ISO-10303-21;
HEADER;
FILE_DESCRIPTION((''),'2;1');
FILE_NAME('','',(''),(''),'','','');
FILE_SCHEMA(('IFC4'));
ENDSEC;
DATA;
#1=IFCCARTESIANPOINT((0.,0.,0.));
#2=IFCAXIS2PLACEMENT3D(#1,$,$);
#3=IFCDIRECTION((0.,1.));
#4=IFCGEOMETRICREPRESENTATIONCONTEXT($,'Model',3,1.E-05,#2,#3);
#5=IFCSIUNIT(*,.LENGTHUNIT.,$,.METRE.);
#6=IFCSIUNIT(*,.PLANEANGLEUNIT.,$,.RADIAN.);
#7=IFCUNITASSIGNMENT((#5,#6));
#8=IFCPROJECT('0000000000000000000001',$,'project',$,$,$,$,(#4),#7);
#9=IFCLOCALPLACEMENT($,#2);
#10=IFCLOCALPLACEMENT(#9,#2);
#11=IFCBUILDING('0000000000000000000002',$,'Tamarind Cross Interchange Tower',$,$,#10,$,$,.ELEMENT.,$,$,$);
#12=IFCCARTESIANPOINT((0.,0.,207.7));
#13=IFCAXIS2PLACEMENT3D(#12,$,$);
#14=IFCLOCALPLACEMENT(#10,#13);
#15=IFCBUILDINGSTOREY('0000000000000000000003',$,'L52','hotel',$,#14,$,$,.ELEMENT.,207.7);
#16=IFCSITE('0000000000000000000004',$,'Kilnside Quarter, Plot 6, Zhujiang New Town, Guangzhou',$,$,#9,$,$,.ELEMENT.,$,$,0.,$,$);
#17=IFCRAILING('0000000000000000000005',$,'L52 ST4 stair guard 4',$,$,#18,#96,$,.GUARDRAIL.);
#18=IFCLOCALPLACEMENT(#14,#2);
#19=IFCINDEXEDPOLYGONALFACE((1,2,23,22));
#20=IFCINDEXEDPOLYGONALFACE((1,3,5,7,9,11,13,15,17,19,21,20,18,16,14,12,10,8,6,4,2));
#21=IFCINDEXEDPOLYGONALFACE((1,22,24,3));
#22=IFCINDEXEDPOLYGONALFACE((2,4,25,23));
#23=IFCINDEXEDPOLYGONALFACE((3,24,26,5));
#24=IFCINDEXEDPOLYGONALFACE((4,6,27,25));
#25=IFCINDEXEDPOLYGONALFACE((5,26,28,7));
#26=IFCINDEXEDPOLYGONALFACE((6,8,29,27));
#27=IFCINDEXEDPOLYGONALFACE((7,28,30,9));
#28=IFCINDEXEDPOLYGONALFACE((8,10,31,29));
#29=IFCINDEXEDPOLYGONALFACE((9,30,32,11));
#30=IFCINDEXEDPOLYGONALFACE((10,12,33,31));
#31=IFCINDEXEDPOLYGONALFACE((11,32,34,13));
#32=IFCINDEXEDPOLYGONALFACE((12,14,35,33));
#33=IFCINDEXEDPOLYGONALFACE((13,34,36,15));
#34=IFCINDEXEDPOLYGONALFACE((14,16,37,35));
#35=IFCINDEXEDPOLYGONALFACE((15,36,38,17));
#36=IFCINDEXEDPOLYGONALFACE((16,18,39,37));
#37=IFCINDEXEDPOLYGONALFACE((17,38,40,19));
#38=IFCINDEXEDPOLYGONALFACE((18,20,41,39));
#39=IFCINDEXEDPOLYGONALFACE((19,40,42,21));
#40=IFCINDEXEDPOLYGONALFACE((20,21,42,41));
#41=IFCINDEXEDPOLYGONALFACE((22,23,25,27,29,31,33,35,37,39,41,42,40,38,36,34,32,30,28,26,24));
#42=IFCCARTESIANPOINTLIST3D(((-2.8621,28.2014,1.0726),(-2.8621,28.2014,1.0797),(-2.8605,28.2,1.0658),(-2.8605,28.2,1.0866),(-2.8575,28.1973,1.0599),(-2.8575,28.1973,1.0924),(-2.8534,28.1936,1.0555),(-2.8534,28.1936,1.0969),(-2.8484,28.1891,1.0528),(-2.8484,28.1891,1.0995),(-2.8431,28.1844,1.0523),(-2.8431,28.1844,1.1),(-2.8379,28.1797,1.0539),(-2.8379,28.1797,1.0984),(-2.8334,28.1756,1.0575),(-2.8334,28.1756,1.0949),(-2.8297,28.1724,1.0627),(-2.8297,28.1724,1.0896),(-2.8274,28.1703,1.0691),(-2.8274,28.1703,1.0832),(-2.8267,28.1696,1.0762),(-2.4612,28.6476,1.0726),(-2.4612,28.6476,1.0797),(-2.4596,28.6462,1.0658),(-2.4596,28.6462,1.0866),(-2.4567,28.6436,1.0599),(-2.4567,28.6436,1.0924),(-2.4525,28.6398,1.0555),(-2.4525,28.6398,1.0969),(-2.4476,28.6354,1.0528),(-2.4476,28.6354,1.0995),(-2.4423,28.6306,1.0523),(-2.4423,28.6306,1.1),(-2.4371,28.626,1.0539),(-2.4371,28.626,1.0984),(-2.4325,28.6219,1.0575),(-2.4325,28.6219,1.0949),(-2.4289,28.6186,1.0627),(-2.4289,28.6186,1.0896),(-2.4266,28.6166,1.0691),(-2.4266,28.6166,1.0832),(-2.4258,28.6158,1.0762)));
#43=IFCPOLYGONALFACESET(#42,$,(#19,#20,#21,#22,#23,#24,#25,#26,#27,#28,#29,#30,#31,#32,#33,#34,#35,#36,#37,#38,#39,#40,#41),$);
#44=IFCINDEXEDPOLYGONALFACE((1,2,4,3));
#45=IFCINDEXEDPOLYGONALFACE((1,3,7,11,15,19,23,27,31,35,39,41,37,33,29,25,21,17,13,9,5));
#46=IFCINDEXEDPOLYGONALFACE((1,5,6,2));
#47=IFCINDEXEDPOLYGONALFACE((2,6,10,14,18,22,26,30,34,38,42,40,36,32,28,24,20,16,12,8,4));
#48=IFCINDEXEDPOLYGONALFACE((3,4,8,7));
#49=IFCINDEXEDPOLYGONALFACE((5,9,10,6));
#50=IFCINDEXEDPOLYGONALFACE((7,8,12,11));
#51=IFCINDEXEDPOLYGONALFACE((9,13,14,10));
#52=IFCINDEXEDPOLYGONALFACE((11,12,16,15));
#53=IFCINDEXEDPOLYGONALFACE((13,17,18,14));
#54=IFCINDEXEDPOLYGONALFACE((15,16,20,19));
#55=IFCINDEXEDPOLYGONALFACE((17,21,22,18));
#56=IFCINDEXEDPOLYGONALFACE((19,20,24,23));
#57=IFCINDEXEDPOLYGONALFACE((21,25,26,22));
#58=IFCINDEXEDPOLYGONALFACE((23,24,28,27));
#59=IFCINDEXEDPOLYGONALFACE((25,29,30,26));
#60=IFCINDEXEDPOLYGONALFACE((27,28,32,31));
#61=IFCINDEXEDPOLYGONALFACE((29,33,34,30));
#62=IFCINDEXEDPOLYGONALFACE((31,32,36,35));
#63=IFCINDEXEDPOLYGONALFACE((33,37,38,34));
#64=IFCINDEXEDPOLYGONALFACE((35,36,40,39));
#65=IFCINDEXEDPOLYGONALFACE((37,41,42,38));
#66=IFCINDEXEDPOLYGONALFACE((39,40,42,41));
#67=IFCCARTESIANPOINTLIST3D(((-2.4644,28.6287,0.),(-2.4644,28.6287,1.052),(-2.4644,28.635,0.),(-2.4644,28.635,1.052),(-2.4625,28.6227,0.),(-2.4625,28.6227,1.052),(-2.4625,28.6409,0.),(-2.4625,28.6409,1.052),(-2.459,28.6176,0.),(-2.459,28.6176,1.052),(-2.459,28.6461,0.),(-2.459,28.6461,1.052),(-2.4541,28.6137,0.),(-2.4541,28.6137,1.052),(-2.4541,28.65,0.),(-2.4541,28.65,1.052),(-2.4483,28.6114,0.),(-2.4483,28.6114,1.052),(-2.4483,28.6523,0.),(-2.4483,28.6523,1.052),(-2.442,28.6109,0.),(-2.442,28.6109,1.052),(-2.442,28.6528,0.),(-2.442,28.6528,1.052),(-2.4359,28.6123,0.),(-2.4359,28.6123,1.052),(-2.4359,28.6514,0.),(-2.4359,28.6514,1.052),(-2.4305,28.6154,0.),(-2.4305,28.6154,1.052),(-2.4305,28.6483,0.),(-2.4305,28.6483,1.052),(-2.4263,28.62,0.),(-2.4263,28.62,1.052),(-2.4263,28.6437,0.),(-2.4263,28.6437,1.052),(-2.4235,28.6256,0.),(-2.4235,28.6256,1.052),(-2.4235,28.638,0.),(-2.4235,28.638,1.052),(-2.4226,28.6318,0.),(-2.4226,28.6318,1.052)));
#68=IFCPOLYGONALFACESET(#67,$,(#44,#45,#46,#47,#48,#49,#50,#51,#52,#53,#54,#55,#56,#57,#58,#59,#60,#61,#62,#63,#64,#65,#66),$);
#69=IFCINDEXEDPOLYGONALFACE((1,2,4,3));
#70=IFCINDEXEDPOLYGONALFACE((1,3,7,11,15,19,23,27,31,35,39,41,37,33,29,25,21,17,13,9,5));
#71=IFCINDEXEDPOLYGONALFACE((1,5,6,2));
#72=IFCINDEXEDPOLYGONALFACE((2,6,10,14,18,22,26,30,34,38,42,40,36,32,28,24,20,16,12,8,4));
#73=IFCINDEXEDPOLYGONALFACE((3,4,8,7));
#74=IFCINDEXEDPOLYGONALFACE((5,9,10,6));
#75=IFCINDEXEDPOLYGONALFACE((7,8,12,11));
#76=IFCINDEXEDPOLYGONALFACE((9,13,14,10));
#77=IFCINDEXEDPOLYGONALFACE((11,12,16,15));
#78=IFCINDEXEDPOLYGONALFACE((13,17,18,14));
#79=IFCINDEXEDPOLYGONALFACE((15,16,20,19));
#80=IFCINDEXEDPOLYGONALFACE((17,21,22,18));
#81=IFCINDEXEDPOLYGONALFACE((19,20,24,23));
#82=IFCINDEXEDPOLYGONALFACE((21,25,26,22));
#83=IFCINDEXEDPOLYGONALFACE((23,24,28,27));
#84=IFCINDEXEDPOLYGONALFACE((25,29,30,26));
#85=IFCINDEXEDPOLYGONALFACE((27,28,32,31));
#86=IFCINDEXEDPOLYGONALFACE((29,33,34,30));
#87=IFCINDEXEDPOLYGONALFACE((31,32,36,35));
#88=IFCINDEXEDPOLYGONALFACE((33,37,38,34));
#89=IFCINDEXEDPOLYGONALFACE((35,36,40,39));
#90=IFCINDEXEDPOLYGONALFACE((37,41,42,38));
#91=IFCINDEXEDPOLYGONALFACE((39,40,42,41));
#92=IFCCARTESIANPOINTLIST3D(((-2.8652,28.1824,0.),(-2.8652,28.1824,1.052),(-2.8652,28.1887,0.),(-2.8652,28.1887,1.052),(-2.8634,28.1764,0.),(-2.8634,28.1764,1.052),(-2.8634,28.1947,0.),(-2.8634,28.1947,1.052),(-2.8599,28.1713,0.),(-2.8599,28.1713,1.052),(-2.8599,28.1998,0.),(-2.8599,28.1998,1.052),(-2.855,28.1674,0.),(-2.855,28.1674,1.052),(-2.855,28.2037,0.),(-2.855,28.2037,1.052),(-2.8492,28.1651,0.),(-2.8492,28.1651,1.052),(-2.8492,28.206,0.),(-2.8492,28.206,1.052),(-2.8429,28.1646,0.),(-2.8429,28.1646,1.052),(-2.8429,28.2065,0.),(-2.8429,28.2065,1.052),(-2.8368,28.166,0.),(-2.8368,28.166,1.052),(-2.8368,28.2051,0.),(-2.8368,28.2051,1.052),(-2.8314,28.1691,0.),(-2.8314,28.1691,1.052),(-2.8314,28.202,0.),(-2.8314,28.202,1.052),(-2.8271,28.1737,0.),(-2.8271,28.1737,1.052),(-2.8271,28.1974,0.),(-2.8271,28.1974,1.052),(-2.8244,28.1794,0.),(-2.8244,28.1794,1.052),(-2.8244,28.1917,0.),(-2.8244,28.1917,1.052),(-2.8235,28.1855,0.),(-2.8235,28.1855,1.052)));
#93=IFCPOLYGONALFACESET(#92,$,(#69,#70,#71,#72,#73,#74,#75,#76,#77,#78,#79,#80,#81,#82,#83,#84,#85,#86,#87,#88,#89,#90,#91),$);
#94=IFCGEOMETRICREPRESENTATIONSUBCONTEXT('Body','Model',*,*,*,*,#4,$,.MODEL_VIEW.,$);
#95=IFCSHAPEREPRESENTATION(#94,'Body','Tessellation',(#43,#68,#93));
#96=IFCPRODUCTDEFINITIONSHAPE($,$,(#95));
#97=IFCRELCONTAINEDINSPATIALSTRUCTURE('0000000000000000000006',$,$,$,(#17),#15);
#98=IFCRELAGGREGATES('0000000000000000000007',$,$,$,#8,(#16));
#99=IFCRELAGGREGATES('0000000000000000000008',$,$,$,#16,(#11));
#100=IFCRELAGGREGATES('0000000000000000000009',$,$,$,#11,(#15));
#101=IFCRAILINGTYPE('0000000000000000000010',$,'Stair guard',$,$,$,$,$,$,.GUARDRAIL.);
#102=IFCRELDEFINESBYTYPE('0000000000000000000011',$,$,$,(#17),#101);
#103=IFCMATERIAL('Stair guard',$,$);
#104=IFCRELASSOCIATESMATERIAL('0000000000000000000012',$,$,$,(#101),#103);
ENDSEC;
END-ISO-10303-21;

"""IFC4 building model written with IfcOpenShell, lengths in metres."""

from ifc_helpers import new_model, si_unit, direction, frame, origin, origin_2d, place, context, subcontext, project, spatial, circle, extrude, material, type_object, element, save


model = new_model("IFC4")

# Units and contexts
model_context = context("Model", 3, precision=1e-05, world=origin(), true_north=direction((0.0, 1.0)))
body_context = subcontext(model_context, "Body", "Model", "MODEL_VIEW")
ifc_project = project(units=[si_unit("LENGTHUNIT", "METRE"), si_unit("PLANEANGLEUNIT", "RADIAN")], contexts=[model_context])

# Site, building, storey
site_placement = place(None, origin())
site = spatial("IfcSite", under=ifc_project, at=site_placement, Name="Kilnside Quarter, Plot 6, Zhujiang New Town, Guangzhou", CompositionType="ELEMENT", RefElevation=0.0)
building_placement = place(site_placement, origin())
building = spatial("IfcBuilding", under=site, at=building_placement, Name="Tamarind Cross Interchange Tower", CompositionType="ELEMENT")
storey_placement = place(building_placement, frame((0.0, 0.0, 207.7)))
storey = spatial("IfcBuildingStorey", under=building, at=storey_placement, Name="L52", Description="hotel", CompositionType="ELEMENT", Elevation=207.7)

# Railing
ifc_material_1 = material(Name="Stair guard")
railing_type_1 = type_object("IfcRailingType", Name="Stair guard", PredefinedType="GUARDRAIL", material=ifc_material_1)
railing_1_placement = place(storey_placement, frame((-2.4436, 28.6318, 0.0)))
element("IfcRailing", 1, at=railing_1_placement, inside=storey, type_object=railing_type_1, Name="L52 ST4 stair guard 4", PredefinedType="GUARDRAIL", context=body_context, shape_type="SweptSolid", body=[
    extrude(circle(Radius=0.0239, at=origin_2d()), frame((0.0, 0.0, 1.0762), z_axis=(-0.668245, -0.743941, 0.0), x_axis=(0.743941, -0.668245, 0.0)), (0.0, 0.0, 1.0), 0.5999),
    extrude(circle(Radius=0.021, at=origin_2d()), origin(), (0.0, 0.0, 1.0), 1.052),
    extrude(circle(Radius=0.021, at=origin_2d()), frame((-0.4009, -0.4463, 0.0)), (0.0, 0.0, 1.0), 1.052),
])

save(model, "model.ifc")
